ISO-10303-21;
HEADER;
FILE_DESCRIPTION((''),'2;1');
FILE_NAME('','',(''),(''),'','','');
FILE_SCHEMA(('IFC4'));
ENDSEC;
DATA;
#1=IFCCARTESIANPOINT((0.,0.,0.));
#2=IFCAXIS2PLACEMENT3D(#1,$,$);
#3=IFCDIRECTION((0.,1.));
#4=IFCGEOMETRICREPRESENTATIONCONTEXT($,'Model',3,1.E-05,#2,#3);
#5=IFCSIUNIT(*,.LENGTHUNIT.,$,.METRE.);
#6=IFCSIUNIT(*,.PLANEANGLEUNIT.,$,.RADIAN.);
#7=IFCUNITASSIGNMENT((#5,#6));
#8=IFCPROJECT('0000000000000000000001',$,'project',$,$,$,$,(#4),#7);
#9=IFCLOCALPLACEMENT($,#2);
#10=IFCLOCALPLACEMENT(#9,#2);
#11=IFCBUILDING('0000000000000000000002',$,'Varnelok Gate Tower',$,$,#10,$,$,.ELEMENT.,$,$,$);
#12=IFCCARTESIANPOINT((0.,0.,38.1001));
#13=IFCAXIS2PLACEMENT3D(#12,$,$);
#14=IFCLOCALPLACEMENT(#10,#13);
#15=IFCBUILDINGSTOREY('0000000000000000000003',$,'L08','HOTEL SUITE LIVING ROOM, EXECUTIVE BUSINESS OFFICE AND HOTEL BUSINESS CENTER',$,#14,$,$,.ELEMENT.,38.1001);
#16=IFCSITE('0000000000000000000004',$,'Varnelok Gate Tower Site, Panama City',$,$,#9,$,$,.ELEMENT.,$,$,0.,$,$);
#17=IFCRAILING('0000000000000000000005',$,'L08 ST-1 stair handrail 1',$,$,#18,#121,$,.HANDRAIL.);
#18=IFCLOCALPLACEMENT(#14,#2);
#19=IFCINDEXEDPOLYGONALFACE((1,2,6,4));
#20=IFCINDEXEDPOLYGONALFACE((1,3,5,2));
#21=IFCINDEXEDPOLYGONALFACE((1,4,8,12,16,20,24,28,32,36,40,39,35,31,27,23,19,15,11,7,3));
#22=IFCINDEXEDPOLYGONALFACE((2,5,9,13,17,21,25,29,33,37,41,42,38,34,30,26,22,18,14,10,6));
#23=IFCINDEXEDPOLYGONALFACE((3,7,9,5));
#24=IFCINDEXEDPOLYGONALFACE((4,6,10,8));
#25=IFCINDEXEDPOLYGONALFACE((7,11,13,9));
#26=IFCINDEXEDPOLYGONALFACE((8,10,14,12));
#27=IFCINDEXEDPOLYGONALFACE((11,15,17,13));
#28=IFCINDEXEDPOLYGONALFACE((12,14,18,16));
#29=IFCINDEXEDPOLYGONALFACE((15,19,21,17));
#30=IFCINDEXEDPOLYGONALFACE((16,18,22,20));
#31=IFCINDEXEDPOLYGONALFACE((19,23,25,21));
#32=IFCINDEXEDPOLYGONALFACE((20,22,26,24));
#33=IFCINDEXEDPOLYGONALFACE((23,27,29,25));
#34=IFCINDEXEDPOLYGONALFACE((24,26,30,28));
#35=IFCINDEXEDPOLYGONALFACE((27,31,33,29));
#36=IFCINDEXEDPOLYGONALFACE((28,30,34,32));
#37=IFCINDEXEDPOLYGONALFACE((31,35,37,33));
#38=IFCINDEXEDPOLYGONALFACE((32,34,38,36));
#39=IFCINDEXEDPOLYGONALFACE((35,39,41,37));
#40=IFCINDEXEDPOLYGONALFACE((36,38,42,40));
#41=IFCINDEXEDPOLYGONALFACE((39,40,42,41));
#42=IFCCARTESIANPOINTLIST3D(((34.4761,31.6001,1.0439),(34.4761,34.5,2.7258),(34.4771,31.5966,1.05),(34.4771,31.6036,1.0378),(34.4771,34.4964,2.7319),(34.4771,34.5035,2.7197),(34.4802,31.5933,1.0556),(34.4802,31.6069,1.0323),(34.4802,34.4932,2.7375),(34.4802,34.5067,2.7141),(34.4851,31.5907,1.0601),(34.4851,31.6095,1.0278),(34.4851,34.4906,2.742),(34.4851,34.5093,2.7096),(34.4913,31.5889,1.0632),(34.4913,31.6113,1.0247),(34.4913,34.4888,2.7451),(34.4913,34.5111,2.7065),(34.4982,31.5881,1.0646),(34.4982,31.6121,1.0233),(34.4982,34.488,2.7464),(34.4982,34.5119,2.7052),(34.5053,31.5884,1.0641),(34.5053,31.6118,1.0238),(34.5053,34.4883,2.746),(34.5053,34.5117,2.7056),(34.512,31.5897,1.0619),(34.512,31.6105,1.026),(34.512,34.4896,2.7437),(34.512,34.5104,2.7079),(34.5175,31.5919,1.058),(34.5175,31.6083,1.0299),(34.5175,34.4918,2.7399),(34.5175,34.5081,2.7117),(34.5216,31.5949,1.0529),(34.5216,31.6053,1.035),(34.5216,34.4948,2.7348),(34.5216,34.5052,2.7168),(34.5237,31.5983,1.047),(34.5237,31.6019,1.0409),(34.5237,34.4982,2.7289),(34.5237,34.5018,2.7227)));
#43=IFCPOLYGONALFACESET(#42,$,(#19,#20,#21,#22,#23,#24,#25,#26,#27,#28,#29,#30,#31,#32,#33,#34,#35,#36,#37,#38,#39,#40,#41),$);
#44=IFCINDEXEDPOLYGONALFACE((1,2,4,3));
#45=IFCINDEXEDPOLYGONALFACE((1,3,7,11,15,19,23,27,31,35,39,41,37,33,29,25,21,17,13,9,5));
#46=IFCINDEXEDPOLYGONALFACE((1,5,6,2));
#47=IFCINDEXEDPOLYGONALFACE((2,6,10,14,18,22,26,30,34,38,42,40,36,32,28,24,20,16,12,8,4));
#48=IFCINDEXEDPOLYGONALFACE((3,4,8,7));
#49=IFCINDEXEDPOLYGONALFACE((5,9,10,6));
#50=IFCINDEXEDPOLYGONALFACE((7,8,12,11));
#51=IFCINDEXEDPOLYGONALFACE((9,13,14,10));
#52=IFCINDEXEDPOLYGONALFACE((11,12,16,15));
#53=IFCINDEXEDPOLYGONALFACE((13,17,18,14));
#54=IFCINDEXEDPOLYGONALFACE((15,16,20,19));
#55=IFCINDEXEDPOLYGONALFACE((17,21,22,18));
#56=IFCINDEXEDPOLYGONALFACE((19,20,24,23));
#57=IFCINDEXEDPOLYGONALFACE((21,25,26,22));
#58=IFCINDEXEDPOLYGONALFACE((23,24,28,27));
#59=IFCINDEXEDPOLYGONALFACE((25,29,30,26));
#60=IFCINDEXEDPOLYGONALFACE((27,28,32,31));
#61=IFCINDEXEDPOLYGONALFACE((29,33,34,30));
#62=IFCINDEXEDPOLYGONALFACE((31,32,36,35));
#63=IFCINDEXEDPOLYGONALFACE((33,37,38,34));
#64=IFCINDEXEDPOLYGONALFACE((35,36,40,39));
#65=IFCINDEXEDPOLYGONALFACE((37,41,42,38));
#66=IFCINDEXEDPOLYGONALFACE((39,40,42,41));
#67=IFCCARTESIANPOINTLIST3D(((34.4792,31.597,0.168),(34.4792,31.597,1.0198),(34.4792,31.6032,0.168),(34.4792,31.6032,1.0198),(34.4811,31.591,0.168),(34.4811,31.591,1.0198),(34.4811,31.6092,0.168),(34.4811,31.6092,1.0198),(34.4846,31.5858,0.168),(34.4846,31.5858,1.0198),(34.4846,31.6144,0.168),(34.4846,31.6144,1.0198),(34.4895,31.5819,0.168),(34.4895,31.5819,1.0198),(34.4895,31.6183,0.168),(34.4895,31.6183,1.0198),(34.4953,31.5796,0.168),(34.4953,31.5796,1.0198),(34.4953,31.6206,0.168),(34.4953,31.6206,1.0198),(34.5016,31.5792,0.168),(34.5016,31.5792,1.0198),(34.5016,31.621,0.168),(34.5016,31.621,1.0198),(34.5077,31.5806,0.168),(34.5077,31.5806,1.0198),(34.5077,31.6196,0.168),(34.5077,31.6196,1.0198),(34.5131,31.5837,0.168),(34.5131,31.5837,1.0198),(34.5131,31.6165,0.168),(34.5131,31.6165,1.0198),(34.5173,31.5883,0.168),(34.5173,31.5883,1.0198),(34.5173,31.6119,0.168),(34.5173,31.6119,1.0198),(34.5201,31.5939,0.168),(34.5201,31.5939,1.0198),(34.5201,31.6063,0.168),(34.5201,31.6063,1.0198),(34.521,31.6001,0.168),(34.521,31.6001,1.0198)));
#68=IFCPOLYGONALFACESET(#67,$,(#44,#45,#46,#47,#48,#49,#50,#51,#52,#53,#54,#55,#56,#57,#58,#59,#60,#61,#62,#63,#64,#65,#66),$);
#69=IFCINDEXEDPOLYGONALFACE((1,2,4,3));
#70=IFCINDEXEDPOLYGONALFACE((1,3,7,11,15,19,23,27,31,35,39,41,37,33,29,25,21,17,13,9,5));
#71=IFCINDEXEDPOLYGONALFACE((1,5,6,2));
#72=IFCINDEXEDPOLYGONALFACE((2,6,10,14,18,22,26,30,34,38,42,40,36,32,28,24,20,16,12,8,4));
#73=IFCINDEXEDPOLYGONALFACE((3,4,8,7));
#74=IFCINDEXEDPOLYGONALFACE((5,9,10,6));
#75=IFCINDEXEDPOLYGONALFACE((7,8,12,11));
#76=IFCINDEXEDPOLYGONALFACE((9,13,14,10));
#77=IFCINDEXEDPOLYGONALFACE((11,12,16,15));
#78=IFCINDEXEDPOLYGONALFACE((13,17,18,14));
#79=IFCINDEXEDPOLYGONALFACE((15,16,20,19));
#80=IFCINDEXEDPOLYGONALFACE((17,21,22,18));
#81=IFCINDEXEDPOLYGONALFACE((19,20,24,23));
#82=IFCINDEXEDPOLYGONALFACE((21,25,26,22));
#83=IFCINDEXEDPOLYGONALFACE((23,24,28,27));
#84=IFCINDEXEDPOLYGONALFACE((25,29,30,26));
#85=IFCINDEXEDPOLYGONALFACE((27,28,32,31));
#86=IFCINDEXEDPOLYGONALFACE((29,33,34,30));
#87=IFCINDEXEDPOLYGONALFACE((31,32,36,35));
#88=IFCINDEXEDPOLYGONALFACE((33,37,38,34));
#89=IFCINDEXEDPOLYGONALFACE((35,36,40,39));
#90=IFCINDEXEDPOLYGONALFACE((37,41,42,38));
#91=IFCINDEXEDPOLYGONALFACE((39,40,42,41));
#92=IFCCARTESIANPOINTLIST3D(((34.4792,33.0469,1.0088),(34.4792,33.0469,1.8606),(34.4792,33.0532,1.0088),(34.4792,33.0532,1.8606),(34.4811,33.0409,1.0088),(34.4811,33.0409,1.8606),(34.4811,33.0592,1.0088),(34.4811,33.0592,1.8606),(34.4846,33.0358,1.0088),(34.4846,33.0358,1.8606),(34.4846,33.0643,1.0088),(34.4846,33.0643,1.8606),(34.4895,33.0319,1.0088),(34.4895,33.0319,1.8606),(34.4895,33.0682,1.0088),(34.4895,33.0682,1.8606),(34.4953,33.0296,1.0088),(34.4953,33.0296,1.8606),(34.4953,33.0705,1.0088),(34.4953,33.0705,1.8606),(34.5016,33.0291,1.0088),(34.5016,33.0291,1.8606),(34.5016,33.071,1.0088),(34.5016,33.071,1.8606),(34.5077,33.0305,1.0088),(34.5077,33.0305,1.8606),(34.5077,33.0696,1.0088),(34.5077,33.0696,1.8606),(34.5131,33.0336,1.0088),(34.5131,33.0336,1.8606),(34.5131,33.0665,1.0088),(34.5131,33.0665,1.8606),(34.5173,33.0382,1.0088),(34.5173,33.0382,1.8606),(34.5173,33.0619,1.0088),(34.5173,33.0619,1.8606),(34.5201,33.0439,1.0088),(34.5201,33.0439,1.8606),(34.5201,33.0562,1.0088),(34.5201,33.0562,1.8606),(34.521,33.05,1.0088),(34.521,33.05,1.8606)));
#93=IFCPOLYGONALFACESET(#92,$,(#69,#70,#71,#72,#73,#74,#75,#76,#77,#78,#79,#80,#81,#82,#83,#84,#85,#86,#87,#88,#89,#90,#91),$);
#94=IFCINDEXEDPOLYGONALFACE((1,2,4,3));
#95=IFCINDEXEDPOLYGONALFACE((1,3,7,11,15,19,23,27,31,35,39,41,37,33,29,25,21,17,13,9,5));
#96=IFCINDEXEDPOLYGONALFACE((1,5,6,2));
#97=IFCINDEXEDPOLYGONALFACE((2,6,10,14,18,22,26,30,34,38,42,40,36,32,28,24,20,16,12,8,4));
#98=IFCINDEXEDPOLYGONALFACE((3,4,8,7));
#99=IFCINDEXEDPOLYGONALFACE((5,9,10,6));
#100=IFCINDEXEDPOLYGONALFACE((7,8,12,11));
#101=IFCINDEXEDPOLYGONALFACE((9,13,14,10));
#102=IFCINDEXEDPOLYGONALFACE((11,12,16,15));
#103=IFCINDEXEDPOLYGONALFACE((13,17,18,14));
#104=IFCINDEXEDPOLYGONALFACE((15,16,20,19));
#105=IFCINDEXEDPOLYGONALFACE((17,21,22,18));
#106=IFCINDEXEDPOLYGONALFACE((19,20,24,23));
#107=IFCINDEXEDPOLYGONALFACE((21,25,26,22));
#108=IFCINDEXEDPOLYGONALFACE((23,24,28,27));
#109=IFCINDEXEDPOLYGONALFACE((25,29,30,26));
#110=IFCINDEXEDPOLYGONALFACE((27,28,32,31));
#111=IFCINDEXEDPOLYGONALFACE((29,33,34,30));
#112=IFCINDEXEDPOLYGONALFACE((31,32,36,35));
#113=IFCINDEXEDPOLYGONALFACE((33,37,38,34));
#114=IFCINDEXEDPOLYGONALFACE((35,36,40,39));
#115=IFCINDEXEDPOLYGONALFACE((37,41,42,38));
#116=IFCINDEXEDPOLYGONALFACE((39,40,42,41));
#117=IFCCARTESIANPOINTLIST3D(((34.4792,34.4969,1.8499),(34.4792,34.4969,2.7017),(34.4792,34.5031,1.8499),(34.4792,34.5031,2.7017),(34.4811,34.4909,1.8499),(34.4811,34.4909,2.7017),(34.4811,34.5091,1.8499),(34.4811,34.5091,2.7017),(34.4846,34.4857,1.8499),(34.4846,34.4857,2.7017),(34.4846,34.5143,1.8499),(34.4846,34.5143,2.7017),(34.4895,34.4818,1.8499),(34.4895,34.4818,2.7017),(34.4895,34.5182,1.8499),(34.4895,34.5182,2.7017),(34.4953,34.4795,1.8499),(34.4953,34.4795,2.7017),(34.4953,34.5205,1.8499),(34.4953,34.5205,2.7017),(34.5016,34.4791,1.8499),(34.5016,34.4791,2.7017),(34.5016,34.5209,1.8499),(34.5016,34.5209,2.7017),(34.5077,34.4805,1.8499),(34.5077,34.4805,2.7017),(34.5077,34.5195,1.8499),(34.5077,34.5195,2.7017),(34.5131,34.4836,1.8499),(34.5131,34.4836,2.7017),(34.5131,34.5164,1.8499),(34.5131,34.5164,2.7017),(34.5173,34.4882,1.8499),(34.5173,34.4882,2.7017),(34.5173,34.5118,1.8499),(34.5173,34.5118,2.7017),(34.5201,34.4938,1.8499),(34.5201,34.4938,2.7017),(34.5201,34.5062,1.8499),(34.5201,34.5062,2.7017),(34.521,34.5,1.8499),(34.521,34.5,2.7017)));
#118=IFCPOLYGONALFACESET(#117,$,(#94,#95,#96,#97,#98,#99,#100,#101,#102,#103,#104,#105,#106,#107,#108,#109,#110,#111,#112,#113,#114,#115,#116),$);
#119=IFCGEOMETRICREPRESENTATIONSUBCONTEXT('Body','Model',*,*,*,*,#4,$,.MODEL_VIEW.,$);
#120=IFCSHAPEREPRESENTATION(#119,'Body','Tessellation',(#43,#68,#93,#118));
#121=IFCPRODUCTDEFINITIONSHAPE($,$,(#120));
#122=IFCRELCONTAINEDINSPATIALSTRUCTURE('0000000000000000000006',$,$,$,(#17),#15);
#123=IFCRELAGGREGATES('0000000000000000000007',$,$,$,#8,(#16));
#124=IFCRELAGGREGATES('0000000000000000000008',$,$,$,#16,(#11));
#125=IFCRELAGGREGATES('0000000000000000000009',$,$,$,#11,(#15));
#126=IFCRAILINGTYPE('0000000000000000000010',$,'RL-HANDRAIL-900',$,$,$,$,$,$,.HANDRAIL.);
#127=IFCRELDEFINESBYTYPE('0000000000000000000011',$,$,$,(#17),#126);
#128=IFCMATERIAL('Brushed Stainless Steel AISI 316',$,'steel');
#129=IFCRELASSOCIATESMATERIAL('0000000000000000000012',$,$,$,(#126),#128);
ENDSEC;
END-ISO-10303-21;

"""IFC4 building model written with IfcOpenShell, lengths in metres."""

from ifc_helpers import new_model, si_unit, direction, frame, origin, origin_2d, place, context, subcontext, project, spatial, circle, extrude, material, type_object, element, save


model = new_model("IFC4")

# Units and contexts
model_context = context("Model", 3, precision=1e-05, world=origin(), true_north=direction((0.0, 1.0)))
body_context = subcontext(model_context, "Body", "Model", "MODEL_VIEW")
ifc_project = project(units=[si_unit("LENGTHUNIT", "METRE"), si_unit("PLANEANGLEUNIT", "RADIAN")], contexts=[model_context])

# Site, building, storey
site_placement = place(None, origin())
site = spatial("IfcSite", under=ifc_project, at=site_placement, Name="Varnelok Gate Tower Site, Panama City", CompositionType="ELEMENT", RefElevation=0.0)
building_placement = place(site_placement, origin())
building = spatial("IfcBuilding", under=site, at=building_placement, Name="Varnelok Gate Tower", CompositionType="ELEMENT")
storey_placement = place(building_placement, frame((0.0, 0.0, 38.1001)))
storey = spatial("IfcBuildingStorey", under=building, at=storey_placement, Name="L08", Description="HOTEL SUITE LIVING ROOM, EXECUTIVE BUSINESS OFFICE AND HOTEL BUSINESS CENTER", CompositionType="ELEMENT", Elevation=38.1001)

# Railing
ifc_material_1 = material(Name="Brushed Stainless Steel AISI 316", Category="steel")
railing_type_1 = type_object("IfcRailingType", Name="RL-HANDRAIL-900", PredefinedType="HANDRAIL", material=ifc_material_1)
railing_1_placement = place(storey_placement, frame((34.5, 31.6001, 0.168)))
element("IfcRailing", 1, at=railing_1_placement, inside=storey, type_object=railing_type_1, Name="L08 ST-1 stair handrail 1", PredefinedType="HANDRAIL", context=body_context, shape_type="SweptSolid", body=[
    extrude(circle(Radius=0.0239, at=origin_2d()), frame((0.0, 0.0, 0.876), z_axis=(0.0, 0.865039, 0.501705), x_axis=(-1.0, 0.0, 0.0)), (0.0, 0.0, 1.0), 3.3523),
    extrude(circle(Radius=0.021, at=origin_2d()), origin(), (0.0, 0.0, 1.0), 0.8518),
    extrude(circle(Radius=0.021, at=origin_2d()), frame((0.0, 1.45, 0.8408)), (0.0, 0.0, 1.0), 0.8518),
    extrude(circle(Radius=0.021, at=origin_2d()), frame((0.0, 2.8999, 1.6819)), (0.0, 0.0, 1.0), 0.8518),
])

save(model, "model.ifc")
